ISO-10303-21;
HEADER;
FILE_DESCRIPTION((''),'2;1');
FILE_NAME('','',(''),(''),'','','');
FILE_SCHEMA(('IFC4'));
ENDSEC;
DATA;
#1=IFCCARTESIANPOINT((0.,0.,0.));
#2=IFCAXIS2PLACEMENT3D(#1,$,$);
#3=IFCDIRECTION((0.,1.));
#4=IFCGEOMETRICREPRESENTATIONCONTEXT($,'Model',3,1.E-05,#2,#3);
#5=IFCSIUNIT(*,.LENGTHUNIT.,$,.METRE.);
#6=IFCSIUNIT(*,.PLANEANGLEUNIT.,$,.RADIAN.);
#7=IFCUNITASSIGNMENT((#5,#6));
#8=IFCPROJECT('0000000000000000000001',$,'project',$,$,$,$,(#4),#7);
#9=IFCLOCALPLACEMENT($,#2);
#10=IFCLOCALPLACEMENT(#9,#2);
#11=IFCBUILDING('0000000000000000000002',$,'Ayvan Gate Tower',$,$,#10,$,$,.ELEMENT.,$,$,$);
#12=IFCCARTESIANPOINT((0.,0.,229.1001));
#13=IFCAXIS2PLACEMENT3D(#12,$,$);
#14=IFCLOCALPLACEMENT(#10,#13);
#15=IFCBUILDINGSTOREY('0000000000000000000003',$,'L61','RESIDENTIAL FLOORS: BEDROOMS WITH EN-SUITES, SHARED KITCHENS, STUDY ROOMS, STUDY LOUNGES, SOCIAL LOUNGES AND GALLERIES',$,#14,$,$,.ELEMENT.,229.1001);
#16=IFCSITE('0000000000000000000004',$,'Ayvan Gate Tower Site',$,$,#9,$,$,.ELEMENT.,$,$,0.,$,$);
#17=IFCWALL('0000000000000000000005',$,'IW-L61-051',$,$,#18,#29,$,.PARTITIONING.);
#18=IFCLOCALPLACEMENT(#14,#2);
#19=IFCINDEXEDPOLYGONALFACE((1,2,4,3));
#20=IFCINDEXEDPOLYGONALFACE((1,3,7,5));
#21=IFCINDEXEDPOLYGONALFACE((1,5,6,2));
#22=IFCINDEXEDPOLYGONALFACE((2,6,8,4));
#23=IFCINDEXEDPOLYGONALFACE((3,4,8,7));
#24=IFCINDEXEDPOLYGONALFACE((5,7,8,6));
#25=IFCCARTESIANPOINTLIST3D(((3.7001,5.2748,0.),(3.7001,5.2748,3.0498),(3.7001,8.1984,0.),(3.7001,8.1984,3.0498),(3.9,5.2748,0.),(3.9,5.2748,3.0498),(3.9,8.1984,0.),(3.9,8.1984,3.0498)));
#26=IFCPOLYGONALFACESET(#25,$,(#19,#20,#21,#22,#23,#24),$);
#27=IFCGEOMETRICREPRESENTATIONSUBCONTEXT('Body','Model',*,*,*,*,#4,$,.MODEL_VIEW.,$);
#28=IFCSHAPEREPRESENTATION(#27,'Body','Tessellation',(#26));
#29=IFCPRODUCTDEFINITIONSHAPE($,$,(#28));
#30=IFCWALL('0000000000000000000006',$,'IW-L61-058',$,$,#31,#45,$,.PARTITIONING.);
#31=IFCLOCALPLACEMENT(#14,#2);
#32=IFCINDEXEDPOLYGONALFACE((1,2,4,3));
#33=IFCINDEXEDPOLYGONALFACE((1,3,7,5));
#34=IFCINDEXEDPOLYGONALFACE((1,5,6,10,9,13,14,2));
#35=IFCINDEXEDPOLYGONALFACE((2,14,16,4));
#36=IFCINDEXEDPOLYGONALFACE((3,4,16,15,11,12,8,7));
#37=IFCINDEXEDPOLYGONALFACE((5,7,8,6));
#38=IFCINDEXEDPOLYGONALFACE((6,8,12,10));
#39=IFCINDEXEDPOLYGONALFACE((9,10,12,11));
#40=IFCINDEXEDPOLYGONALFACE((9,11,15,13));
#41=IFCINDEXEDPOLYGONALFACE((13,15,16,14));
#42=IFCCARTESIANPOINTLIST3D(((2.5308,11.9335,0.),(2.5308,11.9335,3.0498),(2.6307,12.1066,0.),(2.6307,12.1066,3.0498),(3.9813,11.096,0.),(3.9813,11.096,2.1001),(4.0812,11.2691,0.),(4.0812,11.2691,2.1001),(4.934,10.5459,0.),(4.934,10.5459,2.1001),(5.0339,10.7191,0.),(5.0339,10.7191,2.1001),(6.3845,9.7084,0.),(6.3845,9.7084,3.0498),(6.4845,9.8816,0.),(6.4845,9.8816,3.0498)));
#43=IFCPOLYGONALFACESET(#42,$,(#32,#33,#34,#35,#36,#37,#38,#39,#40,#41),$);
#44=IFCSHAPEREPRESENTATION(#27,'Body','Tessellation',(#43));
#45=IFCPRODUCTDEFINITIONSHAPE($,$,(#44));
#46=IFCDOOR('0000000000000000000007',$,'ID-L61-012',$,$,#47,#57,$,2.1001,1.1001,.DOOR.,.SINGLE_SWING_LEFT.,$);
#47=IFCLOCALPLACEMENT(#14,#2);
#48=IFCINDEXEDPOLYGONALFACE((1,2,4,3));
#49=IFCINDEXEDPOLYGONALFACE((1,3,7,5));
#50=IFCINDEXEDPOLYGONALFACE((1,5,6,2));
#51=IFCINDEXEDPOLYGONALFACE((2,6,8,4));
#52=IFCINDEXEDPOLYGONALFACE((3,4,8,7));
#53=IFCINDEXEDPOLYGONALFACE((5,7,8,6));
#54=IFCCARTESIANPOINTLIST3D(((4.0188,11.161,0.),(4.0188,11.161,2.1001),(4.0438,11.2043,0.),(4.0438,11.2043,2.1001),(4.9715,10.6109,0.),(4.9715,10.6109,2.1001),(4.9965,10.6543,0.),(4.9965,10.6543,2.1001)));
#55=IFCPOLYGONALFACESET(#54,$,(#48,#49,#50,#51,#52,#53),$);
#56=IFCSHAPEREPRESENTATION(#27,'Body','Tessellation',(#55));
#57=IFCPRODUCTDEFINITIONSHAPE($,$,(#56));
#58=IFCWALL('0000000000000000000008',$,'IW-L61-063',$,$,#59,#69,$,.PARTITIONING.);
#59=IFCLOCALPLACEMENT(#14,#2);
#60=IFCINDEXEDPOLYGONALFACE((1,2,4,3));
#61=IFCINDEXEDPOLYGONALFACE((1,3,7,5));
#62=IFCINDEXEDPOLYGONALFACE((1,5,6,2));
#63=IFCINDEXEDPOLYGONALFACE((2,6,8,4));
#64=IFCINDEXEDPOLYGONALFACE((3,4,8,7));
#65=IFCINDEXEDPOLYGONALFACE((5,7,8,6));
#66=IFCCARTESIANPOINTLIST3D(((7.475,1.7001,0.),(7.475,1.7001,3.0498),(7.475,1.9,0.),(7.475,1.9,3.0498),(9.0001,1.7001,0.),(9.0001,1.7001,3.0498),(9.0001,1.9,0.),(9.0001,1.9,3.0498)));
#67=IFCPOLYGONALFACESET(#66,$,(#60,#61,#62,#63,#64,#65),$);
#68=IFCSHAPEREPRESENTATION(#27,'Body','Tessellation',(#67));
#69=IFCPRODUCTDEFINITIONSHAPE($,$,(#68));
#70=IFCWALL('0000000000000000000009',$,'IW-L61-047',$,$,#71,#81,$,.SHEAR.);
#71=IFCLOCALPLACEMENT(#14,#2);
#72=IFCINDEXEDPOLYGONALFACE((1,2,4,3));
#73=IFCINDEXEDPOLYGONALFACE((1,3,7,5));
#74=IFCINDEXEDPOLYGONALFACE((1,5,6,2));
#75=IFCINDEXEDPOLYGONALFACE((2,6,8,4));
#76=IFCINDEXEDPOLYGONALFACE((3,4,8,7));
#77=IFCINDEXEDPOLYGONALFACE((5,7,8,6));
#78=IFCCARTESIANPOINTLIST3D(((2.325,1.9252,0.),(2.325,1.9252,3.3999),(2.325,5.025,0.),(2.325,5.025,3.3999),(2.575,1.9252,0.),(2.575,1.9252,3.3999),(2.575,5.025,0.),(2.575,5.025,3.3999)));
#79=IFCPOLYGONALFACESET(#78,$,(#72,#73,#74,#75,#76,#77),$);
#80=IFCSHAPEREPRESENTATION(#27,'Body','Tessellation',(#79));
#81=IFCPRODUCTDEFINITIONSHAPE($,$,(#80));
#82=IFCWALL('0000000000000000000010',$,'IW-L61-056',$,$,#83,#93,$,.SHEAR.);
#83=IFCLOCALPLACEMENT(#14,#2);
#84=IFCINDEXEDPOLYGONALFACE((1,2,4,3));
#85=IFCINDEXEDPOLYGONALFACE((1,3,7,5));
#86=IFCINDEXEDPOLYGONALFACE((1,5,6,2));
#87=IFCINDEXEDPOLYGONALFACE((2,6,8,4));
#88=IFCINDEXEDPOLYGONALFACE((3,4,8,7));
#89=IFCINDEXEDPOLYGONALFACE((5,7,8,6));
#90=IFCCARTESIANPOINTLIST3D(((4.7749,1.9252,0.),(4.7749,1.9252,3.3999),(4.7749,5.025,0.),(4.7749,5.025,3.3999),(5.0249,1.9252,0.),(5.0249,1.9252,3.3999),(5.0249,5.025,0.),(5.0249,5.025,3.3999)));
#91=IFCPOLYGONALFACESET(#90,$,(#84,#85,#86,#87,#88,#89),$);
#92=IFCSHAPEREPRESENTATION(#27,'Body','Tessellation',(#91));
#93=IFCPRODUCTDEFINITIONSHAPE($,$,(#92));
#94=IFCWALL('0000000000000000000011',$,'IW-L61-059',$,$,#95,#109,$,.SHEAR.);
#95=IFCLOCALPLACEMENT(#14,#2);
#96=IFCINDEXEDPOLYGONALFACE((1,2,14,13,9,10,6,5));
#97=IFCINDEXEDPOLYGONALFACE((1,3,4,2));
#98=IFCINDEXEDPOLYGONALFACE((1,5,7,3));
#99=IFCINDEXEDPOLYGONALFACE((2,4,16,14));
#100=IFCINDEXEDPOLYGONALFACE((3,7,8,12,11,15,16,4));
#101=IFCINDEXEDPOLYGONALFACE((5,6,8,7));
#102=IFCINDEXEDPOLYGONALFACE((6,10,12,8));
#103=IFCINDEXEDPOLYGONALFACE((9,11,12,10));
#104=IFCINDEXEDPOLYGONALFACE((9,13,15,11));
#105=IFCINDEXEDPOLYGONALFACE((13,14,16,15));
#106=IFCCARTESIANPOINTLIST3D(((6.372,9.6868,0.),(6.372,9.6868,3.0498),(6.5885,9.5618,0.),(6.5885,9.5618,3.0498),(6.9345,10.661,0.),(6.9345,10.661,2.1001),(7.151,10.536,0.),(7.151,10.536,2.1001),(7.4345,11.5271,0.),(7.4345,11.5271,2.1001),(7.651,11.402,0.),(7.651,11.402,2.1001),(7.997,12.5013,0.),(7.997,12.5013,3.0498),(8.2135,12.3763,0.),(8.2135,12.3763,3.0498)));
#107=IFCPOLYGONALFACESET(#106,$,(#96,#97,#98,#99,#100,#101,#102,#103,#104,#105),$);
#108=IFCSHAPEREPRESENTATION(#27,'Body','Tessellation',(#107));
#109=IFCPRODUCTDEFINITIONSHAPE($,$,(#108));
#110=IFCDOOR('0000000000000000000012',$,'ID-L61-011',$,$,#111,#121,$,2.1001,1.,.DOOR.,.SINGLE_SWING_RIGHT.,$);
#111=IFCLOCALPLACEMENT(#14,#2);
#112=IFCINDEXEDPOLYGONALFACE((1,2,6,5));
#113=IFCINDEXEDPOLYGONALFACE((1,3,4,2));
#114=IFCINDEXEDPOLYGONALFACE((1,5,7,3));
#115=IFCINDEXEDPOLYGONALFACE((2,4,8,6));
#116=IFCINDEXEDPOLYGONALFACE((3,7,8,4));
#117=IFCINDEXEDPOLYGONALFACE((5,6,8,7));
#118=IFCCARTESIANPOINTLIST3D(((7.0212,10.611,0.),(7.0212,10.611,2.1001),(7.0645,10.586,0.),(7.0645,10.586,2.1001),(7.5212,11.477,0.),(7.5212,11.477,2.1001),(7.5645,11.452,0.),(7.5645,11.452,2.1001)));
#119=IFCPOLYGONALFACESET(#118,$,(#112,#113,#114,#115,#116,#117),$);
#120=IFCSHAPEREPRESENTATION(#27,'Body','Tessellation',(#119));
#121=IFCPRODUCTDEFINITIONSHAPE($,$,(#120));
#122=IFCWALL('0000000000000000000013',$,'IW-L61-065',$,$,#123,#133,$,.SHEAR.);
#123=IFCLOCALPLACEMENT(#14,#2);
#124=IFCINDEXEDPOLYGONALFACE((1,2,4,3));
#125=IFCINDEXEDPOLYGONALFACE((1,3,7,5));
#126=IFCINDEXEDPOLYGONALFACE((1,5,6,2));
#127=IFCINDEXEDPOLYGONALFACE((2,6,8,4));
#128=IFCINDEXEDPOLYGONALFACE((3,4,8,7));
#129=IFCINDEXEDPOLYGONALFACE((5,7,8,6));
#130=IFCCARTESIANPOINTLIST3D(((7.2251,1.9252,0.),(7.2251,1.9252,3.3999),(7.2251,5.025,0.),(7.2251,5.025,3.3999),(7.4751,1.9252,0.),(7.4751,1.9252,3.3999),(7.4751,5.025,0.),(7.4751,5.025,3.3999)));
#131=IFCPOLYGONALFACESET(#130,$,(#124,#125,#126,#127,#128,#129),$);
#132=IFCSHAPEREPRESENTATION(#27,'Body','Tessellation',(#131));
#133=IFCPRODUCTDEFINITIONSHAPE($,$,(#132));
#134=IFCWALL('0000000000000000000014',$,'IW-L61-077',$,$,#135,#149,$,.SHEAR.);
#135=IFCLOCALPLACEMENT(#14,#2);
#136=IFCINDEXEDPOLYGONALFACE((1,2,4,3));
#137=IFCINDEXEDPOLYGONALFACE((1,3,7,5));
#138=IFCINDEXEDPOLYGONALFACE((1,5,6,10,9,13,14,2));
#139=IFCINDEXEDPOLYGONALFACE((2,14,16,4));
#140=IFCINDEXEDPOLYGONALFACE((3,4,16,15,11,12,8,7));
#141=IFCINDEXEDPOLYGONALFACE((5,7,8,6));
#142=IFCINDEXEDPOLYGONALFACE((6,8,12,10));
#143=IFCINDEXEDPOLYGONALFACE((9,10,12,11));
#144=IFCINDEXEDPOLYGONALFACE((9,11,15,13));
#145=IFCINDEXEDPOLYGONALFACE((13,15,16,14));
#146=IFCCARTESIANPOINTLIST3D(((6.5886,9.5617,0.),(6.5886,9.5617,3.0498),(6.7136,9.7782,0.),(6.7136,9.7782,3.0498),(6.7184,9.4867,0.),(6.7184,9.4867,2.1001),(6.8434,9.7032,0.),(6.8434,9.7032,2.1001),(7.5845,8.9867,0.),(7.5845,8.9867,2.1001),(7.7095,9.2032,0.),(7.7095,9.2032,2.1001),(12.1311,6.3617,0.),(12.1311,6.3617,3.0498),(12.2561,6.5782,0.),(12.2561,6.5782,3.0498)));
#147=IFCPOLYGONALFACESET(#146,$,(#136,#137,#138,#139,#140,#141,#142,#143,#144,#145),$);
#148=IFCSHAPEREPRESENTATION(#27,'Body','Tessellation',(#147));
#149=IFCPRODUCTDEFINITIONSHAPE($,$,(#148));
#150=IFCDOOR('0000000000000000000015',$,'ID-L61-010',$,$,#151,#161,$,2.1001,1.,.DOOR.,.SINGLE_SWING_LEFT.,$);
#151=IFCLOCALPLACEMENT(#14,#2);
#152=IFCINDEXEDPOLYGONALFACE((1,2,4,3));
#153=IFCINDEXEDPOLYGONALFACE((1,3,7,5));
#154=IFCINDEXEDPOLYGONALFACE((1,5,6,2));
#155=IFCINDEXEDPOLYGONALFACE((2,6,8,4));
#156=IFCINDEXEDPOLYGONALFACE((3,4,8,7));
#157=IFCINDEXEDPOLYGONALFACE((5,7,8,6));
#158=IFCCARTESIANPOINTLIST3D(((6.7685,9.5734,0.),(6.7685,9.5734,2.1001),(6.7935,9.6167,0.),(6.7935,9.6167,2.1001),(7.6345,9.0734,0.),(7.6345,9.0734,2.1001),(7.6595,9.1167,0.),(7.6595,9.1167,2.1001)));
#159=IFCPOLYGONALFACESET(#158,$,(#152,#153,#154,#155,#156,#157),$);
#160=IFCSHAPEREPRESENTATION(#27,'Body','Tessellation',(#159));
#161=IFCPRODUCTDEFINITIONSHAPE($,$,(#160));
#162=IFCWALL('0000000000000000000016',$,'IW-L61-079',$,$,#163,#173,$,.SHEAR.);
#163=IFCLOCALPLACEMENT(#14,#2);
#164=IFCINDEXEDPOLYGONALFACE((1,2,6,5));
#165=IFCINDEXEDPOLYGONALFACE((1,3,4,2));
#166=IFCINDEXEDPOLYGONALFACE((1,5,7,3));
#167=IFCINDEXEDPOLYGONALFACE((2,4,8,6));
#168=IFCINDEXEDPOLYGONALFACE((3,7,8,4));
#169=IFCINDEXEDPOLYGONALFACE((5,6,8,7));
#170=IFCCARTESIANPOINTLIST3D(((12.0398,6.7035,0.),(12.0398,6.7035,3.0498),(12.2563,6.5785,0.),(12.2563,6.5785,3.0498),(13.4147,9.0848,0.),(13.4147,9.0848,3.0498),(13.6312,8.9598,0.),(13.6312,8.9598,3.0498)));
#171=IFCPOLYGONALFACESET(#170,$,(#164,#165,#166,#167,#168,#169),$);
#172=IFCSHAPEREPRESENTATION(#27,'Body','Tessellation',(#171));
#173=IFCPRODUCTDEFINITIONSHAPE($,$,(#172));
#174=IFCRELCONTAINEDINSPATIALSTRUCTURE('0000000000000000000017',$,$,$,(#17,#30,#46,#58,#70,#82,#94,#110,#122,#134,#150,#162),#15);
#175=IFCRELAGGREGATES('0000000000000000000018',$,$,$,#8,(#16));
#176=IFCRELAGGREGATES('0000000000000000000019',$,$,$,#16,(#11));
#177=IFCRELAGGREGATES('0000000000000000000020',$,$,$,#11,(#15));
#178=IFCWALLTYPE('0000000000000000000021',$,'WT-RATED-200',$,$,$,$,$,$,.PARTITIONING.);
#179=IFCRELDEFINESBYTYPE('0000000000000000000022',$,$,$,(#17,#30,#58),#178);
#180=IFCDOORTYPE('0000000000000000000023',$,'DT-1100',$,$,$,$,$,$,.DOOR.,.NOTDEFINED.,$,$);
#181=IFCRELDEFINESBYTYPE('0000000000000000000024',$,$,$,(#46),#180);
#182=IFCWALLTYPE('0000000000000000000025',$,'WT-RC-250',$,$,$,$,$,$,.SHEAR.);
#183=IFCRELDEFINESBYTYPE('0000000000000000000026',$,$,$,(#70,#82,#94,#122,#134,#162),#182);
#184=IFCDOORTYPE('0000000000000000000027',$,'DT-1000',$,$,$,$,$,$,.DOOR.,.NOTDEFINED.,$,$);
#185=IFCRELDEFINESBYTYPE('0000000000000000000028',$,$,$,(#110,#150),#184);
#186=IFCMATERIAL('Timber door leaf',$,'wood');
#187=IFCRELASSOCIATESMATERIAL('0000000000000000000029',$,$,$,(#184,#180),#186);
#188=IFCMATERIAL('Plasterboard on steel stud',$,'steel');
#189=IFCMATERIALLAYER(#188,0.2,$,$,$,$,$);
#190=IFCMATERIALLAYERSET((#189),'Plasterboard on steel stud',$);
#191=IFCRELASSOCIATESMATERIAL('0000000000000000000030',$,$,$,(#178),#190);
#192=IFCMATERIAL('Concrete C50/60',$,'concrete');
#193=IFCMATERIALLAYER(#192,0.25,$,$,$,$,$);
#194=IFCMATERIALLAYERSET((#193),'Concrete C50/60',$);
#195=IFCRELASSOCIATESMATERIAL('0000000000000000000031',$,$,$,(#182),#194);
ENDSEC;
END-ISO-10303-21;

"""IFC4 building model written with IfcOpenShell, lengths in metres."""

from ifc_helpers import new_model, si_unit, direction, frame, frame_2d, origin, place, context, subcontext, project, spatial, rectangle, extrude, material, layer, layer_set, type_object, element, fill, save


model = new_model("IFC4")

# Units and contexts
model_context = context("Model", 3, precision=1e-05, world=origin(), true_north=direction((0.0, 1.0)))
body_context = subcontext(model_context, "Body", "Model", "MODEL_VIEW")
ifc_project = project(units=[si_unit("LENGTHUNIT", "METRE"), si_unit("PLANEANGLEUNIT", "RADIAN")], contexts=[model_context])

# Site, building, storey
site_placement = place(None, origin())
site = spatial("IfcSite", under=ifc_project, at=site_placement, Name="Ayvan Gate Tower Site", CompositionType="ELEMENT", RefElevation=0.0)
building_placement = place(site_placement, origin())
building = spatial("IfcBuilding", under=site, at=building_placement, Name="Ayvan Gate Tower", CompositionType="ELEMENT")
storey_placement = place(building_placement, frame((0.0, 0.0, 229.1001)))
storey = spatial("IfcBuildingStorey", under=building, at=storey_placement, Name="L61", Description="RESIDENTIAL FLOORS: BEDROOMS WITH EN-SUITES, SHARED KITCHENS, STUDY ROOMS, STUDY LOUNGES, SOCIAL LOUNGES AND GALLERIES", CompositionType="ELEMENT", Elevation=229.1001)

# Shared definitions
ifc_material_1 = material(Name="Concrete C50/60", Category="concrete")

# Shared definitions
ifc_material_2 = material(Name="Timber door leaf", Category="wood")

# Shared definitions
ifc_material_3 = material(Name="Plasterboard on steel stud", Category="steel")
door_type_1 = type_object("IfcDoorType", Name="DT-1000", OperationType="NOTDEFINED", PredefinedType="DOOR", material=ifc_material_2)

# Wall
ifc_layer_1 = layer(ifc_material_3, 0.2)
ifc_layer_set_1 = layer_set([ifc_layer_1], Name="Plasterboard on steel stud")
wall_type_1 = type_object("IfcWallType", Name="WT-RATED-200", PredefinedType="PARTITIONING", material=ifc_layer_set_1)
wall_1_placement = place(storey_placement, frame((3.8, 8.1985, 0.0), z_axis=(0.0, 0.0, 1.0), x_axis=(0.0, -1.0, 0.0)))
element("IfcWall", 1, at=wall_1_placement, inside=storey, type_object=wall_type_1, Name="IW-L61-051", PredefinedType="PARTITIONING", context=body_context, shape_type="SweptSolid", body=[
    extrude(rectangle(XDim=2.9236, YDim=0.2, at=frame_2d((1.4619, 0.0))), origin(), (0.0, 0.0, 1.0), 3.0498),
])

# Wall, opening, door
wall_2_placement = place(storey_placement, frame((6.4346, 9.7949, 0.0), z_axis=(0.0, 0.0, 1.0), x_axis=(-0.866013, 0.500022, 0.0)))
wall_2 = element("IfcWall", 2, at=wall_2_placement, inside=storey, type_object=wall_type_1, Name="IW-L61-058", PredefinedType="PARTITIONING", context=body_context, shape_type="SweptSolid", body=[
    extrude(rectangle(XDim=4.45, YDim=0.2, at=frame_2d((2.2251, 0.0))), origin(), (0.0, 0.0, 1.0), 3.0498),
])
opening_1_placement = place(wall_2_placement, frame((1.675, 0.0, 0.0)))
opening_1 = element("IfcOpeningElement", 3, at=opening_1_placement, cuts=wall_2, PredefinedType="OPENING", context=body_context, shape_type="SweptSolid", body=[
    extrude(rectangle(XDim=1.1001, YDim=2.1001, at=frame_2d((0.55, 1.05))), frame((0.0, 0.1099, 0.0), z_axis=(0.0, -1.0, 0.0), x_axis=(1.0, 0.0, 0.0)), (0.0, 0.0, 1.0), 0.22),
])
door_type_2 = type_object("IfcDoorType", Name="DT-1100", OperationType="NOTDEFINED", PredefinedType="DOOR", material=ifc_material_2)
door_1_placement = place(opening_1_placement, origin())
door_1 = element("IfcDoor", 4, at=door_1_placement, inside=storey, type_object=door_type_2, Name="ID-L61-012", OperationType="SINGLE_SWING_LEFT", OverallHeight=2.1001, OverallWidth=1.1001, PredefinedType="DOOR", context=body_context, shape_type="SweptSolid", body=[
    extrude(rectangle(XDim=1.1001, YDim=2.1001, at=frame_2d((0.55, 1.05))), frame((0.0, 0.0249, 0.0), z_axis=(0.0, -1.0, 0.0), x_axis=(1.0, 0.0, 0.0)), (0.0, 0.0, 1.0), 0.05),
])
fill(opening_1, door_1)

# Walls
wall_3_placement = place(storey_placement, frame((7.4749, 1.8, 0.0), z_axis=(0.0, 0.0, 1.0), x_axis=(1.0, 0.0, 0.0)))
element("IfcWall", 5, at=wall_3_placement, inside=storey, type_object=wall_type_1, Name="IW-L61-063", PredefinedType="PARTITIONING", context=body_context, shape_type="SweptSolid", body=[
    extrude(rectangle(XDim=1.5251, YDim=0.2, at=frame_2d((0.7627, 0.0))), origin(), (0.0, 0.0, 1.0), 3.0498),
])
ifc_layer_2 = layer(ifc_material_1, 0.25)
ifc_layer_set_2 = layer_set([ifc_layer_2], Name="Concrete C50/60")
wall_type_2 = type_object("IfcWallType", Name="WT-RC-250", PredefinedType="SHEAR", material=ifc_layer_set_2)
for number, where, z_axis, x_axis, name in (
    (6, (2.45, 5.0249, 0.0), (0.0, 0.0, 1.0), (0.0, -1.0, 0.0), "IW-L61-047"),
    (7, (4.8999, 5.0249, 0.0), (0.0, 0.0, 1.0), (0.0, -1.0, 0.0), "IW-L61-056"),
):
    element("IfcWall", number, at=place(storey_placement, frame(where, z_axis=z_axis, x_axis=x_axis)), inside=storey, type_object=wall_type_2, Name=name, PredefinedType="SHEAR", context=body_context, shape_type="SweptSolid", body=[
        extrude(rectangle(XDim=3.0999, YDim=0.25, at=frame_2d((1.5498, 0.0))), origin(), (0.0, 0.0, 1.0), 3.3999),
    ])

# Wall, opening, door
wall_4_placement = place(storey_placement, frame((6.4802, 9.6243, 0.0), z_axis=(0.0, 0.0, 1.0), x_axis=(0.500017, 0.866015, 0.0)))
wall_4 = element("IfcWall", 8, at=wall_4_placement, inside=storey, type_object=wall_type_2, Name="IW-L61-059", PredefinedType="SHEAR", context=body_context, shape_type="SweptSolid", body=[
    extrude(rectangle(XDim=3.25, YDim=0.25, at=frame_2d((1.625, 0.0))), origin(), (0.0, 0.0, 1.0), 3.0498),
])
opening_2_placement = place(wall_4_placement, frame((1.125, 0.0, 0.0)))
opening_2 = element("IfcOpeningElement", 9, at=opening_2_placement, cuts=wall_4, PredefinedType="OPENING", context=body_context, shape_type="SweptSolid", body=[
    extrude(rectangle(XDim=1.0, YDim=2.1001, at=frame_2d((0.5, 1.05))), frame((0.0, 0.135, 0.0), z_axis=(0.0, -1.0, 0.0), x_axis=(1.0, 0.0, 0.0)), (0.0, 0.0, 1.0), 0.27),
])
door_2_placement = place(opening_2_placement, origin())
door_2 = element("IfcDoor", 10, at=door_2_placement, inside=storey, type_object=door_type_1, Name="ID-L61-011", OperationType="SINGLE_SWING_RIGHT", OverallHeight=2.1001, OverallWidth=1.0, PredefinedType="DOOR", context=body_context, shape_type="SweptSolid", body=[
    extrude(rectangle(XDim=1.0, YDim=2.1001, at=frame_2d((0.5, 1.05))), frame((0.0, 0.0249, 0.0), z_axis=(0.0, -1.0, 0.0), x_axis=(1.0, 0.0, 0.0)), (0.0, 0.0, 1.0), 0.05),
])
fill(opening_2, door_2)

# Wall
wall_5_placement = place(storey_placement, frame((7.3501, 5.0249, 0.0), z_axis=(0.0, 0.0, 1.0), x_axis=(0.0, -1.0, 0.0)))
element("IfcWall", 11, at=wall_5_placement, inside=storey, type_object=wall_type_2, Name="IW-L61-065", PredefinedType="SHEAR", context=body_context, shape_type="SweptSolid", body=[
    extrude(rectangle(XDim=3.0999, YDim=0.25, at=frame_2d((1.5498, 0.0))), origin(), (0.0, 0.0, 1.0), 3.3999),
])

# Wall, opening, door
wall_6_placement = place(storey_placement, frame((12.1936, 6.47, 0.0), z_axis=(0.0, 0.0, 1.0), x_axis=(-0.866025, 0.5, 0.0)))
wall_6 = element("IfcWall", 12, at=wall_6_placement, inside=storey, type_object=wall_type_2, Name="IW-L61-077", PredefinedType="SHEAR", context=body_context, shape_type="SweptSolid", body=[
    extrude(rectangle(XDim=6.3999, YDim=0.25, at=frame_2d((3.2, 0.0))), origin(), (0.0, 0.0, 1.0), 3.0498),
])
opening_3_placement = place(wall_6_placement, frame((5.25, 0.0, 0.0)))
opening_3 = element("IfcOpeningElement", 13, at=opening_3_placement, cuts=wall_6, PredefinedType="OPENING", context=body_context, shape_type="SweptSolid", body=[
    extrude(rectangle(XDim=1.0, YDim=2.1001, at=frame_2d((0.5, 1.05))), frame((0.0, 0.135, 0.0), z_axis=(0.0, -1.0, 0.0), x_axis=(1.0, 0.0, 0.0)), (0.0, 0.0, 1.0), 0.27),
])
door_3_placement = place(opening_3_placement, origin())
door_3 = element("IfcDoor", 14, at=door_3_placement, inside=storey, type_object=door_type_1, Name="ID-L61-010", OperationType="SINGLE_SWING_LEFT", OverallHeight=2.1001, OverallWidth=1.0, PredefinedType="DOOR", context=body_context, shape_type="SweptSolid", body=[
    extrude(rectangle(XDim=1.0, YDim=2.1001, at=frame_2d((0.5, 1.05))), frame((0.0, 0.0249, 0.0), z_axis=(0.0, -1.0, 0.0), x_axis=(1.0, 0.0, 0.0)), (0.0, 0.0, 1.0), 0.05),
])
fill(opening_3, door_3)

# Wall
wall_7_placement = place(storey_placement, frame((12.1479, 6.6409, 0.0), z_axis=(0.0, 0.0, 1.0), x_axis=(0.500035, 0.866005, 0.0)))
element("IfcWall", 15, at=wall_7_placement, inside=storey, type_object=wall_type_2, Name="IW-L61-079", PredefinedType="SHEAR", context=body_context, shape_type="SweptSolid", body=[
    extrude(rectangle(XDim=2.7498, YDim=0.25, at=frame_2d((1.375, 0.0))), origin(), (0.0, 0.0, 1.0), 3.0498),
])

save(model, "model.ifc")
